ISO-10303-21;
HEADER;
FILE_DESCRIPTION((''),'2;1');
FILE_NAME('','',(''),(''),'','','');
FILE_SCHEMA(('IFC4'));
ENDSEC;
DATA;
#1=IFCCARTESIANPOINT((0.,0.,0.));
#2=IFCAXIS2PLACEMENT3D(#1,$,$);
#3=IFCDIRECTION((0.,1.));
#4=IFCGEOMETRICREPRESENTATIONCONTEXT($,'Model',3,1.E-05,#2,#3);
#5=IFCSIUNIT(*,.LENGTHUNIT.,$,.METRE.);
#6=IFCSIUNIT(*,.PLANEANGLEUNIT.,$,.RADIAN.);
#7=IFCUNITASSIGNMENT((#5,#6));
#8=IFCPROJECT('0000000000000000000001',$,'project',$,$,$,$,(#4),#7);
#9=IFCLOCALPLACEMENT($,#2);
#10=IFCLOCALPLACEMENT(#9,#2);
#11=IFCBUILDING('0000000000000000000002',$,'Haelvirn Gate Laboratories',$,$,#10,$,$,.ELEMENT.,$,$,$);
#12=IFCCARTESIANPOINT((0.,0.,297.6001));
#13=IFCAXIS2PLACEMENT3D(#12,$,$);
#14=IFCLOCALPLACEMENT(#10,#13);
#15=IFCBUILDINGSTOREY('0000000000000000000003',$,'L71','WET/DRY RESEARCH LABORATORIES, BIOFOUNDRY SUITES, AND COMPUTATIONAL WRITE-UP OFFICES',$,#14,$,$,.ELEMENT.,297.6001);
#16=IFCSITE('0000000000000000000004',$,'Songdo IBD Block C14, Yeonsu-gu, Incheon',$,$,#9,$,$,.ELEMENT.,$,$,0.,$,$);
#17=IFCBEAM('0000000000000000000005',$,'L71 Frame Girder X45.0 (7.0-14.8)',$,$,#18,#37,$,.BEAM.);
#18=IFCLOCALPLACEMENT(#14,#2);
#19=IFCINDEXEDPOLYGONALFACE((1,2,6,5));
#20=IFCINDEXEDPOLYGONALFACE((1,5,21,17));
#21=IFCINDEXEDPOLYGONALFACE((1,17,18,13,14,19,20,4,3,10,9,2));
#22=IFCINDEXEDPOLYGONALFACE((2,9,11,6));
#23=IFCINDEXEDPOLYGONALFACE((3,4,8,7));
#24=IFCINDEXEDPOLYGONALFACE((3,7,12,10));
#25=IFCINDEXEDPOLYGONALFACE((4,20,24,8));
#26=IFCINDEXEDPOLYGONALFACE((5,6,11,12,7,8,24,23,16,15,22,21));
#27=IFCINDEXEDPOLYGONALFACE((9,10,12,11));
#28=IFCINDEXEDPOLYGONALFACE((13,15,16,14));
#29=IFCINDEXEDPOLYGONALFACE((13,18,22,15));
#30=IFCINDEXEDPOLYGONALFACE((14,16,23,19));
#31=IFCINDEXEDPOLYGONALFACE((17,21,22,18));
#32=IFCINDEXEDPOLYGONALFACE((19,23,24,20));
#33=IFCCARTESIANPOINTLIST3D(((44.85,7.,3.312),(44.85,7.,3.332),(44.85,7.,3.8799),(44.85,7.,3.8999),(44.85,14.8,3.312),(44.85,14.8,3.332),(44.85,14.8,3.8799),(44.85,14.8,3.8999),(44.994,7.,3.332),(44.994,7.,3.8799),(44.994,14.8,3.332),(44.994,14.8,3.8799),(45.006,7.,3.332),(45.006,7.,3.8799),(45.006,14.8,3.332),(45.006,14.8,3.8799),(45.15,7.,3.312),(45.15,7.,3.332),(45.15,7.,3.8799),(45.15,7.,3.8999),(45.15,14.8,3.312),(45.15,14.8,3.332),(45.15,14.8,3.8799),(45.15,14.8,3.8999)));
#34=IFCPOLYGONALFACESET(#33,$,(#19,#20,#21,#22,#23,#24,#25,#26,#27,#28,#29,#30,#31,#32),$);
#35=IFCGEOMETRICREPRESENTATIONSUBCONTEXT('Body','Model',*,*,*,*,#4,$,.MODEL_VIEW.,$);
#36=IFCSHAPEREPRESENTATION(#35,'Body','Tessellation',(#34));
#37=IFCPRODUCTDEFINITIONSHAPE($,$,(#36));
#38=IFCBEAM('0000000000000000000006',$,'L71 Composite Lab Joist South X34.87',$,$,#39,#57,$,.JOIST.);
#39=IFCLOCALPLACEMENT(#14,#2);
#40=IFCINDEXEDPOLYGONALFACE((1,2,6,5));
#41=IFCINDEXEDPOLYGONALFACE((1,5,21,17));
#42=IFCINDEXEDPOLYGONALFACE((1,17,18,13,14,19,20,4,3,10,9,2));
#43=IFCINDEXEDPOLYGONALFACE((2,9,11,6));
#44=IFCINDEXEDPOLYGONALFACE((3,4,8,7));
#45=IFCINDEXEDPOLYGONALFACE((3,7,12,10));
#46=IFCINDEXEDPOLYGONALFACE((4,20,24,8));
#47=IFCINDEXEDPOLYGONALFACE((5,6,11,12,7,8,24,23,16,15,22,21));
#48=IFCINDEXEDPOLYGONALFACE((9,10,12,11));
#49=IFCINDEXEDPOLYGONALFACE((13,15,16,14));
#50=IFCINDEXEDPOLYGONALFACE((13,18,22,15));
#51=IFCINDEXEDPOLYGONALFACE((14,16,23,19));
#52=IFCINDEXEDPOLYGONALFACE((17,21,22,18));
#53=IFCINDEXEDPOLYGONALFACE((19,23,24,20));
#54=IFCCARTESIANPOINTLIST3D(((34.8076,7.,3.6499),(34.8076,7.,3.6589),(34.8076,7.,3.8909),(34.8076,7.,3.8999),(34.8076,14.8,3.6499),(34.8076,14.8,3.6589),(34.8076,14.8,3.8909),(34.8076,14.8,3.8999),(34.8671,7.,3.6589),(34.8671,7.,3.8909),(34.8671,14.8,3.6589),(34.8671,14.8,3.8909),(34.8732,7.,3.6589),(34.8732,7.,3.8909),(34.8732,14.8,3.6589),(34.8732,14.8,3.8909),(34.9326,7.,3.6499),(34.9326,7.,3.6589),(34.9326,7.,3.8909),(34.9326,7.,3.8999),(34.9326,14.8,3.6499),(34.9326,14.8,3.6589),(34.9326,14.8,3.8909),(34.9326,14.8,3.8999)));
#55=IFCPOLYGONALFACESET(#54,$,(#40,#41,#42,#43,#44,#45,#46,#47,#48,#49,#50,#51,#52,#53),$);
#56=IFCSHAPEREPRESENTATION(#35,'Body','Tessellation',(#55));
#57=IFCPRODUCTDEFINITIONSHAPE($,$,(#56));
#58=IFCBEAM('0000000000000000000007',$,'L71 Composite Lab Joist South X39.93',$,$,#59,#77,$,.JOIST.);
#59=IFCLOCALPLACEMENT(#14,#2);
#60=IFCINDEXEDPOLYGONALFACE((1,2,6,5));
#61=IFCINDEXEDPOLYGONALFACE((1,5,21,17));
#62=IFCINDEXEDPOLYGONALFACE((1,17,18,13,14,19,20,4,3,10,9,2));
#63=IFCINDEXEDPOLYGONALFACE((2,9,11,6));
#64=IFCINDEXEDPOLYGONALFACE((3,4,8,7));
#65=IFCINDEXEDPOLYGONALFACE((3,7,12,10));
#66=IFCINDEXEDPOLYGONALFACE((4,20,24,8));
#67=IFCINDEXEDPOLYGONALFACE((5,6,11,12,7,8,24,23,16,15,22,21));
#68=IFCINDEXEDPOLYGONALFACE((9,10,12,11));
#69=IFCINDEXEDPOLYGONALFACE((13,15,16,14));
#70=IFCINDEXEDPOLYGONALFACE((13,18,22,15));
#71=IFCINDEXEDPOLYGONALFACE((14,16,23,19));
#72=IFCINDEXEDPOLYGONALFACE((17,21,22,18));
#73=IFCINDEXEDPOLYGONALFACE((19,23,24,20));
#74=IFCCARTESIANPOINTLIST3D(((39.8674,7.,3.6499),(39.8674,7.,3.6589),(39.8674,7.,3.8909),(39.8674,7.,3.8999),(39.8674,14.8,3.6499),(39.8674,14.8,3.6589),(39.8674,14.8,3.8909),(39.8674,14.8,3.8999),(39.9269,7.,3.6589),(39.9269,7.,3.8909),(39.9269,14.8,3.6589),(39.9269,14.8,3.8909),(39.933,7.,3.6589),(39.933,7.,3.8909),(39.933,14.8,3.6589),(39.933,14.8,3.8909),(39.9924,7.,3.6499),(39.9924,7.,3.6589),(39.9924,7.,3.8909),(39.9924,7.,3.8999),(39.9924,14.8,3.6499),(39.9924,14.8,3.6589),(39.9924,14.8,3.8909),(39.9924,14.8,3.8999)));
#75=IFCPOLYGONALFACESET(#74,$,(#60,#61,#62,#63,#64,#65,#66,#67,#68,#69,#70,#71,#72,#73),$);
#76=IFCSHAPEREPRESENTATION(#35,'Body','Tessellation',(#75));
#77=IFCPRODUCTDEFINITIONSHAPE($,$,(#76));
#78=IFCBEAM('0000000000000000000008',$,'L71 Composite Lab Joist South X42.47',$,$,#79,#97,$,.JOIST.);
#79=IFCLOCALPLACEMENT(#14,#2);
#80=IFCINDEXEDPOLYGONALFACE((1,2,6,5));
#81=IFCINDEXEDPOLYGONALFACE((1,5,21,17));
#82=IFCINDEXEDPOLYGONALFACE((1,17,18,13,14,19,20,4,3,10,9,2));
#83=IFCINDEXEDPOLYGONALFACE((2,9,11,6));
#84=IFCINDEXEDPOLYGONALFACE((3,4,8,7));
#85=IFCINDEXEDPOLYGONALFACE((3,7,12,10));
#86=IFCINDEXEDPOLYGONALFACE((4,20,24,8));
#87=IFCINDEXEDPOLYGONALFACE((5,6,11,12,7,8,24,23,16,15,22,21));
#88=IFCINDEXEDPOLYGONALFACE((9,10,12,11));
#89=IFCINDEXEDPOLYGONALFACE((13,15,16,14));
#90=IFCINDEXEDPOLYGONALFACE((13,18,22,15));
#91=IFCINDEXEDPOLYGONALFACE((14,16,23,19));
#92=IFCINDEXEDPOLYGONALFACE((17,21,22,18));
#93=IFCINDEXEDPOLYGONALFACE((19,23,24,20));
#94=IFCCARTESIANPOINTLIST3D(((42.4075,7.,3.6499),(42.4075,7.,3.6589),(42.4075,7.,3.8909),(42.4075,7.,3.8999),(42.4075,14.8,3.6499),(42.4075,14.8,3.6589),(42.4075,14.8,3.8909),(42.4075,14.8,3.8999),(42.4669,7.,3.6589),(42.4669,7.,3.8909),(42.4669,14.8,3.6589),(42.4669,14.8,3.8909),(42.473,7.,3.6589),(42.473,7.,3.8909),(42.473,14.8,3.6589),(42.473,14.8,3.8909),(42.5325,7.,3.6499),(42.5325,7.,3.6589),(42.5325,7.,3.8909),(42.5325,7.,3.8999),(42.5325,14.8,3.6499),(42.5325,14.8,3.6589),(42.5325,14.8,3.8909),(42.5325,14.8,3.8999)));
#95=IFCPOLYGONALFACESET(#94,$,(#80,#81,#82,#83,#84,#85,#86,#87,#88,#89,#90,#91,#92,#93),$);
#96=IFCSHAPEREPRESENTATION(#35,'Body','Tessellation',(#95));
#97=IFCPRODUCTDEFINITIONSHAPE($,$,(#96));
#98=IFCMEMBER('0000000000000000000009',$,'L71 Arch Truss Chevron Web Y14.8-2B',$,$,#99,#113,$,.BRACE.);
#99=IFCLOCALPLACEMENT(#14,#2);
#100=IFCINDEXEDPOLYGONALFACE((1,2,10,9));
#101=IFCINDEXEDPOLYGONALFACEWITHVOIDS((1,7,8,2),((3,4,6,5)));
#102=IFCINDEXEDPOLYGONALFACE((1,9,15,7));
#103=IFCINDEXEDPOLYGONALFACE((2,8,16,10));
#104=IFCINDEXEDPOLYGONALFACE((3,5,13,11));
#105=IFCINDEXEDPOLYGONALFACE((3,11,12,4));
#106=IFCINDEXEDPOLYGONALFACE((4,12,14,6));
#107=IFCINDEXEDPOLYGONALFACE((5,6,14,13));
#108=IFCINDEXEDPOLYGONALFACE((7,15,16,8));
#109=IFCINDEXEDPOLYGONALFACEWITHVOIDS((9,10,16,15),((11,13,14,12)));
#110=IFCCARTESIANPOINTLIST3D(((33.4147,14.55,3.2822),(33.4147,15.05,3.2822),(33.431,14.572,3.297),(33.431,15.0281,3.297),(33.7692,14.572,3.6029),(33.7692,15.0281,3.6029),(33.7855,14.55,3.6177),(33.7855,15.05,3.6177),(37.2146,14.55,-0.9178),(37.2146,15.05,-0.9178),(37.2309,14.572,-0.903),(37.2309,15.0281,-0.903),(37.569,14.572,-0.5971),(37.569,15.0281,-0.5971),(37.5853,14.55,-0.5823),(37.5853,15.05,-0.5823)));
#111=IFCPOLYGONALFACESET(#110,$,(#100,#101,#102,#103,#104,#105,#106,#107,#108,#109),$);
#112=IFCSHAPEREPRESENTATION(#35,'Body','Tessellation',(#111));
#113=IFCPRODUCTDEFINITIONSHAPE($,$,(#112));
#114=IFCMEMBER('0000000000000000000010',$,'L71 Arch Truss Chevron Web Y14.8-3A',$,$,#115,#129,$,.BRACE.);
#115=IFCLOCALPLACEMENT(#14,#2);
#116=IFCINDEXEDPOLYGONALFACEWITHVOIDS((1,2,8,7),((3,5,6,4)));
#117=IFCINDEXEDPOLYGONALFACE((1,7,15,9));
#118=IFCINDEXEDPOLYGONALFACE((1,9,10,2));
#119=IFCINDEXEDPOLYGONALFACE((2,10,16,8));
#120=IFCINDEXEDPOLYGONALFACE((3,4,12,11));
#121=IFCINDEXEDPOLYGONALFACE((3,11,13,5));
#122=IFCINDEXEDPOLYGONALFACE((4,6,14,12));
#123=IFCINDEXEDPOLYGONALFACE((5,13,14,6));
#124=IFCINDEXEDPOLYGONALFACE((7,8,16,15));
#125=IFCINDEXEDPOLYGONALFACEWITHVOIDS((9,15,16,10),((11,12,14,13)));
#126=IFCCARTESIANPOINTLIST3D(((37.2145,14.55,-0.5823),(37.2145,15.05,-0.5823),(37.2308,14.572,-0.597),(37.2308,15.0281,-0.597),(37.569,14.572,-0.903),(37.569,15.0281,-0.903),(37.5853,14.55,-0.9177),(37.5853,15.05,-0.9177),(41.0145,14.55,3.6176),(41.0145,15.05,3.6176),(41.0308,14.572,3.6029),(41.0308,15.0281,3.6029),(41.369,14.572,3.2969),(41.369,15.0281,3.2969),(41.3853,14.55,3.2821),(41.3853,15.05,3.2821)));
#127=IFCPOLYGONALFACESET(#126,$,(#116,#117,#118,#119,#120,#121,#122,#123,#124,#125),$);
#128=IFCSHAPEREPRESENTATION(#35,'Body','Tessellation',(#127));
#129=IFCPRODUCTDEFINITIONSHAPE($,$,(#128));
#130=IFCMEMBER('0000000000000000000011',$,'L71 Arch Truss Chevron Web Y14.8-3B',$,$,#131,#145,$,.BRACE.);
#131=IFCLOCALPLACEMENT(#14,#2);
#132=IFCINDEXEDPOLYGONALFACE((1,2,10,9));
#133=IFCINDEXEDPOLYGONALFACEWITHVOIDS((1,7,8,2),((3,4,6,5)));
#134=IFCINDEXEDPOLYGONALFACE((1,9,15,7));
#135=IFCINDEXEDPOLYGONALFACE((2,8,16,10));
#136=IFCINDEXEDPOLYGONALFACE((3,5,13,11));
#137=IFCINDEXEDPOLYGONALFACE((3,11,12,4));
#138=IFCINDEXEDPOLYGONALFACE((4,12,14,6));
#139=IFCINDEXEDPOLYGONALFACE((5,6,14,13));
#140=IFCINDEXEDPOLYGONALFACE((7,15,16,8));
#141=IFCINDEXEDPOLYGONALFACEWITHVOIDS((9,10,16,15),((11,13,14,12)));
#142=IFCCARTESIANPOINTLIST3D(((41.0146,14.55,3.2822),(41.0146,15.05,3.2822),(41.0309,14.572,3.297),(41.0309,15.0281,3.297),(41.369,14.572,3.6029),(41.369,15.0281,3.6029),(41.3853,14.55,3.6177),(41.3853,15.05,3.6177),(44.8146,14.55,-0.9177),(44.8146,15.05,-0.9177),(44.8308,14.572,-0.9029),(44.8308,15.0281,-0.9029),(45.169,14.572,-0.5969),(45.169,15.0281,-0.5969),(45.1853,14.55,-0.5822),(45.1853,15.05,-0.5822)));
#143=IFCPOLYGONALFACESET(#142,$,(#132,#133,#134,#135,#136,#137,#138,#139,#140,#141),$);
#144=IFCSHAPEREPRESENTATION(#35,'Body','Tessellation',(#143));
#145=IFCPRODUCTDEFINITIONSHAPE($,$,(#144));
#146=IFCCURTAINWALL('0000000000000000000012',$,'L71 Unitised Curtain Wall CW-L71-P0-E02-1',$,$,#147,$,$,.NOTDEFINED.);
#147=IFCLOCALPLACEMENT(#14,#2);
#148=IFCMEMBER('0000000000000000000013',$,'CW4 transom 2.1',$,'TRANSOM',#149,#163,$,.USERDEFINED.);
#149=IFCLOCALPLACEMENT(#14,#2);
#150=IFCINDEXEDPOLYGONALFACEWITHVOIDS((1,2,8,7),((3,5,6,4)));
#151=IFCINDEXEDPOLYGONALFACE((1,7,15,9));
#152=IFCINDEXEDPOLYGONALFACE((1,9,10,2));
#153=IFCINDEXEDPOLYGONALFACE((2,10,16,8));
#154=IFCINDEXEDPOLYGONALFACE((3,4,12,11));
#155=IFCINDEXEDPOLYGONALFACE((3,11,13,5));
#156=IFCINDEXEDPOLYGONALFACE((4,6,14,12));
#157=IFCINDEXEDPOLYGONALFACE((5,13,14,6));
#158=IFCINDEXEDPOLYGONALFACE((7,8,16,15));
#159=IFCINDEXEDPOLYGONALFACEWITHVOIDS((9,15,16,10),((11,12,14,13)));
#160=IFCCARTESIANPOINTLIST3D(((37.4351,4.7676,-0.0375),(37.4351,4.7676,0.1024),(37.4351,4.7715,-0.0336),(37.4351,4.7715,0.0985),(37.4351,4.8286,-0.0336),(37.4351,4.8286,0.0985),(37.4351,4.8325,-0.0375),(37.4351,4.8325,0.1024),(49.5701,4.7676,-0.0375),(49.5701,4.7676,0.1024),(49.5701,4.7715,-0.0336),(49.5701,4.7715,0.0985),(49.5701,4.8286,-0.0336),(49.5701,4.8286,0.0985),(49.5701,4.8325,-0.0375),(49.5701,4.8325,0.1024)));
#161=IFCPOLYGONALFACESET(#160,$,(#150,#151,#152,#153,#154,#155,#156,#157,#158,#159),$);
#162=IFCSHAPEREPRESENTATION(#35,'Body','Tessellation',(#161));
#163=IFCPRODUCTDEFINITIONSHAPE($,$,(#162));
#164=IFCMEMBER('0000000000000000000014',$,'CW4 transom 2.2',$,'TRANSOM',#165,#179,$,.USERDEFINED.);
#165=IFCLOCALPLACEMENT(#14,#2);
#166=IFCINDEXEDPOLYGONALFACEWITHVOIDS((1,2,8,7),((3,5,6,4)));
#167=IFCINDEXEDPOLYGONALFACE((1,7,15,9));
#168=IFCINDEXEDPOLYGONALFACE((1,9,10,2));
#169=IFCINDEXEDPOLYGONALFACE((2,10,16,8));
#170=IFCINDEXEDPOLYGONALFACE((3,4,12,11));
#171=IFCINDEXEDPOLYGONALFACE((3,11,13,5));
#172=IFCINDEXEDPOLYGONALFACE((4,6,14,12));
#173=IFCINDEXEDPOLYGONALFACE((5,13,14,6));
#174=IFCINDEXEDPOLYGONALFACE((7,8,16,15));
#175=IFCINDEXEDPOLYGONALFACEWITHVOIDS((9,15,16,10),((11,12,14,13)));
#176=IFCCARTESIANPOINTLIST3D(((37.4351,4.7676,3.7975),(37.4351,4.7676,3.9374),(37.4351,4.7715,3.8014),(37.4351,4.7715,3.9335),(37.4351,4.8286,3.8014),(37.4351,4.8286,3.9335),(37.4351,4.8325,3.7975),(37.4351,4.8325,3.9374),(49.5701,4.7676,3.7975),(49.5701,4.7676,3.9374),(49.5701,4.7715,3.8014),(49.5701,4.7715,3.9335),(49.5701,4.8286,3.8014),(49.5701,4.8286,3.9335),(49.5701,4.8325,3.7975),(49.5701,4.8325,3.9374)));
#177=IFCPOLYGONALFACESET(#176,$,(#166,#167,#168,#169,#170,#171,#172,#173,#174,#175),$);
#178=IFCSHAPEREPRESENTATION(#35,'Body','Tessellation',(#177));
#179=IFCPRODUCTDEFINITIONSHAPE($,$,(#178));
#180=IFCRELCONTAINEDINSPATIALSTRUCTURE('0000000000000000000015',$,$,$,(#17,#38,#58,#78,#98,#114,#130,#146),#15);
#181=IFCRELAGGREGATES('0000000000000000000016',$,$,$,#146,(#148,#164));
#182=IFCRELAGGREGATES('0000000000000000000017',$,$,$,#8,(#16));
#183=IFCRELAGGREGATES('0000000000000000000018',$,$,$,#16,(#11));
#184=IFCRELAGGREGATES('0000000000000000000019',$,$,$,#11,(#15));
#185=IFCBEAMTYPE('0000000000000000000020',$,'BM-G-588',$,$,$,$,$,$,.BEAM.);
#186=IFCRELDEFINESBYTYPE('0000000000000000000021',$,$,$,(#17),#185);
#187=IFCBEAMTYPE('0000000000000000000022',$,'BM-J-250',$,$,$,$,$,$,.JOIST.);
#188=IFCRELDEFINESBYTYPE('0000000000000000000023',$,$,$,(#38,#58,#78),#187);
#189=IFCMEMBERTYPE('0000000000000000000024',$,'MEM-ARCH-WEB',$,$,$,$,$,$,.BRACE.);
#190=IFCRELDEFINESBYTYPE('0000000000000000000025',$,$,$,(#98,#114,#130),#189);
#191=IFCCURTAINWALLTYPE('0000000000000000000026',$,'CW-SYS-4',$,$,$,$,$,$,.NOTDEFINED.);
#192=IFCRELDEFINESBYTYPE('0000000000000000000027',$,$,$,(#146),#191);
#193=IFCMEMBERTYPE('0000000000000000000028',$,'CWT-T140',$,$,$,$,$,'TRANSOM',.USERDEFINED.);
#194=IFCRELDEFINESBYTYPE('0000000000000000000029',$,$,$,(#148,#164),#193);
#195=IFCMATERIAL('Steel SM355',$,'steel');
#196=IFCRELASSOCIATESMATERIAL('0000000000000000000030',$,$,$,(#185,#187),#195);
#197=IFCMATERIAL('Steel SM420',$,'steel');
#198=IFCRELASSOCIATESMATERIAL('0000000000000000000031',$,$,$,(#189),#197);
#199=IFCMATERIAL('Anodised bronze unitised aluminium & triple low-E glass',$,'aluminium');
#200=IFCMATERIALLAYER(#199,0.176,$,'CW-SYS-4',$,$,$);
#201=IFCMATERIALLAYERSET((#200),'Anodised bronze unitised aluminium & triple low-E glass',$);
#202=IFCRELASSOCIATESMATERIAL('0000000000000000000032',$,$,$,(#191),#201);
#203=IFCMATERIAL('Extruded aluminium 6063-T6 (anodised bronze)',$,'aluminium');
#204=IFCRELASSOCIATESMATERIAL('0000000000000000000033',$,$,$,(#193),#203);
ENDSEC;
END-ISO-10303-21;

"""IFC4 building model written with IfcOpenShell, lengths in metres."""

from ifc_helpers import new_model, si_unit, direction, frame, origin, origin_2d, place, context, subcontext, project, spatial, hollow_rectangle, i_section, extrude, source, transform, mapped, material, layer, layer_set, material_profile, profile_set, type_object, type_shapes, element, aggregate, save


model = new_model("IFC4")

# Units and contexts
model_context = context("Model", 3, precision=1e-05, world=origin(), true_north=direction((0.0, 1.0)))
body_context = subcontext(model_context, "Body", "Model", "MODEL_VIEW")
ifc_project = project(units=[si_unit("LENGTHUNIT", "METRE"), si_unit("PLANEANGLEUNIT", "RADIAN")], contexts=[model_context])

# Site, building, storey
site_placement = place(None, origin())
site = spatial("IfcSite", under=ifc_project, at=site_placement, Name="Songdo IBD Block C14, Yeonsu-gu, Incheon", CompositionType="ELEMENT", RefElevation=0.0)
building_placement = place(site_placement, origin())
building = spatial("IfcBuilding", under=site, at=building_placement, Name="Haelvirn Gate Laboratories", CompositionType="ELEMENT")
storey_placement = place(building_placement, frame((0.0, 0.0, 297.6001)))
storey = spatial("IfcBuildingStorey", under=building, at=storey_placement, Name="L71", Description="WET/DRY RESEARCH LABORATORIES, BIOFOUNDRY SUITES, AND COMPUTATIONAL WRITE-UP OFFICES", CompositionType="ELEMENT", Elevation=297.6001)

# Shared definitions
ifc_material_1 = material(Name="Steel SM355", Category="steel")

# Beams
ifc_material_2 = material(Name="Steel SM420", Category="steel")
ifc_material_profile_1 = material_profile(ifc_material_1, i_section(OverallWidth=0.3, OverallDepth=0.5879, WebThickness=0.012, FlangeThickness=0.02, at=origin_2d()), Name="H-588x300x12x20")
ifc_profile_set_1 = profile_set([ifc_material_profile_1], Name="Steel SM355")
beam_type_1 = type_object("IfcBeamType", Name="BM-G-588", PredefinedType="BEAM", material=ifc_profile_set_1)
shared_shape_1 = source(origin(), body_context, "Body", "SweptSolid", [
    extrude(i_section(OverallWidth=0.3, OverallDepth=0.5879, WebThickness=0.012, FlangeThickness=0.02, at=origin_2d()), origin(), (0.0, 0.0, 1.0), 7.8),
])
type_shapes(beam_type_1, [shared_shape_1])
for number, where, z_axis, x_axis, name in (
    (1, (45.0, 7.0, 3.606), (0.0, 1.0, 0.0), (-1.0, 0.0, 0.0), "L71 Frame Girder X45.0 (7.0-14.8)"),
):
    element("IfcBeam", number, at=place(storey_placement, frame(where, z_axis=z_axis, x_axis=x_axis)), inside=storey, type_object=beam_type_1, Name=name, PredefinedType="BEAM", context=body_context, shape_type="MappedRepresentation", body=[
        mapped(shared_shape_1, transform((0.0, 0.0, 0.0), scale=1.0)),
    ])
ifc_material_profile_2 = material_profile(ifc_material_1, i_section(OverallWidth=0.125, OverallDepth=0.25, WebThickness=0.0061, FlangeThickness=0.009, at=origin_2d()), Name="H-250x125x6x9")
ifc_profile_set_2 = profile_set([ifc_material_profile_2], Name="Steel SM355")
beam_type_2 = type_object("IfcBeamType", Name="BM-J-250", PredefinedType="JOIST", material=ifc_profile_set_2)
shared_shape_2 = source(origin(), body_context, "Body", "SweptSolid", [
    extrude(i_section(OverallWidth=0.125, OverallDepth=0.25, WebThickness=0.0061, FlangeThickness=0.009, at=origin_2d()), origin(), (0.0, 0.0, 1.0), 7.8),
])
type_shapes(beam_type_2, [shared_shape_2])
for number, where, z_axis, x_axis, name in (
    (2, (34.8701, 7.0, 3.7749), (0.0, 1.0, 0.0), (-1.0, 0.0, 0.0), "L71 Composite Lab Joist South X34.87"),
    (3, (39.9299, 7.0, 3.7749), (0.0, 1.0, 0.0), (-1.0, 0.0, 0.0), "L71 Composite Lab Joist South X39.93"),
    (4, (42.47, 7.0, 3.7749), (0.0, 1.0, 0.0), (-1.0, 0.0, 0.0), "L71 Composite Lab Joist South X42.47"),
):
    element("IfcBeam", number, at=place(storey_placement, frame(where, z_axis=z_axis, x_axis=x_axis)), inside=storey, type_object=beam_type_2, Name=name, PredefinedType="JOIST", context=body_context, shape_type="MappedRepresentation", body=[
        mapped(shared_shape_2, transform((0.0, 0.0, 0.0), scale=1.0)),
    ])

# Members
ifc_material_profile_3 = material_profile(ifc_material_2, hollow_rectangle(XDim=0.5, YDim=0.5, WallThickness=0.022, at=origin_2d()), Name="BOX-500x500x22")
ifc_profile_set_3 = profile_set([ifc_material_profile_3], Name="Steel SM420")
member_type_1 = type_object("IfcMemberType", Name="MEM-ARCH-WEB", PredefinedType="BRACE", material=ifc_profile_set_3)
shared_shape_3 = source(origin(), body_context, "Body", "SweptSolid", [
    extrude(hollow_rectangle(XDim=0.5, YDim=0.5, WallThickness=0.022, at=origin_2d()), origin(), (0.0, 0.0, 1.0), 5.6638),
])
type_shapes(member_type_1, [shared_shape_3])
for number, where, z_axis, x_axis, name in (
    (5, (33.6001, 14.8, 3.45), (0.670899, 0.0, -0.741549), (0.0, 1.0, 0.0), "L71 Arch Truss Chevron Web Y14.8-2B"),
    (6, (37.3999, 14.8, -0.75), (0.670922, 0.0, 0.741528), (0.0, 1.0, 0.0), "L71 Arch Truss Chevron Web Y14.8-3A"),
    (7, (41.2, 14.8, 3.45), (0.670922, 0.0, -0.741528), (0.0, 1.0, 0.0), "L71 Arch Truss Chevron Web Y14.8-3B"),
):
    element("IfcMember", number, at=place(storey_placement, frame(where, z_axis=z_axis, x_axis=x_axis)), inside=storey, type_object=member_type_1, Name=name, PredefinedType="BRACE", context=body_context, shape_type="MappedRepresentation", body=[
        mapped(shared_shape_3, transform((0.0, 0.0, 0.0), scale=1.0)),
    ])

# Curtain wall, members
ifc_material_3 = material(Name="Anodised bronze unitised aluminium & triple low-E glass", Category="aluminium")
ifc_layer_1 = layer(ifc_material_3, 0.176, Name="CW-SYS-4")
ifc_layer_set_1 = layer_set([ifc_layer_1], Name="Anodised bronze unitised aluminium & triple low-E glass")
curtain_wall_type = type_object("IfcCurtainWallType", Name="CW-SYS-4", PredefinedType="NOTDEFINED", material=ifc_layer_set_1)
curtain_wall_placement = place(storey_placement, origin())
curtain_wall = element("IfcCurtainWall", 8, at=curtain_wall_placement, inside=storey, type_object=curtain_wall_type, Name="L71 Unitised Curtain Wall CW-L71-P0-E02-1", PredefinedType="NOTDEFINED")
ifc_material_4 = material(Name="Extruded aluminium 6063-T6 (anodised bronze)", Category="aluminium")
ifc_material_profile_4 = material_profile(ifc_material_4, hollow_rectangle(XDim=0.0649, YDim=0.1399, WallThickness=0.0039, at=origin_2d()), Name="CWT-140x65x4")
ifc_profile_set_4 = profile_set([ifc_material_profile_4], Name="Extruded aluminium 6063-T6 (anodised bronze)")
member_type_2 = type_object("IfcMemberType", Name="CWT-T140", ElementType="TRANSOM", PredefinedType="USERDEFINED", material=ifc_profile_set_4)
shared_shape_4 = source(origin(), body_context, "Body", "SweptSolid", [
    extrude(hollow_rectangle(XDim=0.0649, YDim=0.1399, WallThickness=0.0039, at=origin_2d()), origin(), (0.0, 0.0, 1.0), 12.135),
])
type_shapes(member_type_2, [shared_shape_4])
member_1_placement = place(storey_placement, frame((37.4351, 4.8, 0.0325), z_axis=(1.0, 0.0, 0.0), x_axis=(0.0, 1.0, 0.0)))
member_1 = element("IfcMember", 9, at=member_1_placement, type_object=member_type_2, Name="CW4 transom 2.1", ObjectType="TRANSOM", PredefinedType="USERDEFINED", context=body_context, shape_type="MappedRepresentation", body=[
    mapped(shared_shape_4, transform((0.0, 0.0, 0.0), scale=1.0)),
])
member_2_placement = place(storey_placement, frame((37.4351, 4.8, 3.8674), z_axis=(1.0, 0.0, 0.0), x_axis=(0.0, 1.0, 0.0)))
member_2 = element("IfcMember", 10, at=member_2_placement, type_object=member_type_2, Name="CW4 transom 2.2", ObjectType="TRANSOM", PredefinedType="USERDEFINED", context=body_context, shape_type="MappedRepresentation", body=[
    mapped(shared_shape_4, transform((0.0, 0.0, 0.0), scale=1.0)),
])

aggregate(curtain_wall, [member_1, member_2])

save(model, "model.ifc")
